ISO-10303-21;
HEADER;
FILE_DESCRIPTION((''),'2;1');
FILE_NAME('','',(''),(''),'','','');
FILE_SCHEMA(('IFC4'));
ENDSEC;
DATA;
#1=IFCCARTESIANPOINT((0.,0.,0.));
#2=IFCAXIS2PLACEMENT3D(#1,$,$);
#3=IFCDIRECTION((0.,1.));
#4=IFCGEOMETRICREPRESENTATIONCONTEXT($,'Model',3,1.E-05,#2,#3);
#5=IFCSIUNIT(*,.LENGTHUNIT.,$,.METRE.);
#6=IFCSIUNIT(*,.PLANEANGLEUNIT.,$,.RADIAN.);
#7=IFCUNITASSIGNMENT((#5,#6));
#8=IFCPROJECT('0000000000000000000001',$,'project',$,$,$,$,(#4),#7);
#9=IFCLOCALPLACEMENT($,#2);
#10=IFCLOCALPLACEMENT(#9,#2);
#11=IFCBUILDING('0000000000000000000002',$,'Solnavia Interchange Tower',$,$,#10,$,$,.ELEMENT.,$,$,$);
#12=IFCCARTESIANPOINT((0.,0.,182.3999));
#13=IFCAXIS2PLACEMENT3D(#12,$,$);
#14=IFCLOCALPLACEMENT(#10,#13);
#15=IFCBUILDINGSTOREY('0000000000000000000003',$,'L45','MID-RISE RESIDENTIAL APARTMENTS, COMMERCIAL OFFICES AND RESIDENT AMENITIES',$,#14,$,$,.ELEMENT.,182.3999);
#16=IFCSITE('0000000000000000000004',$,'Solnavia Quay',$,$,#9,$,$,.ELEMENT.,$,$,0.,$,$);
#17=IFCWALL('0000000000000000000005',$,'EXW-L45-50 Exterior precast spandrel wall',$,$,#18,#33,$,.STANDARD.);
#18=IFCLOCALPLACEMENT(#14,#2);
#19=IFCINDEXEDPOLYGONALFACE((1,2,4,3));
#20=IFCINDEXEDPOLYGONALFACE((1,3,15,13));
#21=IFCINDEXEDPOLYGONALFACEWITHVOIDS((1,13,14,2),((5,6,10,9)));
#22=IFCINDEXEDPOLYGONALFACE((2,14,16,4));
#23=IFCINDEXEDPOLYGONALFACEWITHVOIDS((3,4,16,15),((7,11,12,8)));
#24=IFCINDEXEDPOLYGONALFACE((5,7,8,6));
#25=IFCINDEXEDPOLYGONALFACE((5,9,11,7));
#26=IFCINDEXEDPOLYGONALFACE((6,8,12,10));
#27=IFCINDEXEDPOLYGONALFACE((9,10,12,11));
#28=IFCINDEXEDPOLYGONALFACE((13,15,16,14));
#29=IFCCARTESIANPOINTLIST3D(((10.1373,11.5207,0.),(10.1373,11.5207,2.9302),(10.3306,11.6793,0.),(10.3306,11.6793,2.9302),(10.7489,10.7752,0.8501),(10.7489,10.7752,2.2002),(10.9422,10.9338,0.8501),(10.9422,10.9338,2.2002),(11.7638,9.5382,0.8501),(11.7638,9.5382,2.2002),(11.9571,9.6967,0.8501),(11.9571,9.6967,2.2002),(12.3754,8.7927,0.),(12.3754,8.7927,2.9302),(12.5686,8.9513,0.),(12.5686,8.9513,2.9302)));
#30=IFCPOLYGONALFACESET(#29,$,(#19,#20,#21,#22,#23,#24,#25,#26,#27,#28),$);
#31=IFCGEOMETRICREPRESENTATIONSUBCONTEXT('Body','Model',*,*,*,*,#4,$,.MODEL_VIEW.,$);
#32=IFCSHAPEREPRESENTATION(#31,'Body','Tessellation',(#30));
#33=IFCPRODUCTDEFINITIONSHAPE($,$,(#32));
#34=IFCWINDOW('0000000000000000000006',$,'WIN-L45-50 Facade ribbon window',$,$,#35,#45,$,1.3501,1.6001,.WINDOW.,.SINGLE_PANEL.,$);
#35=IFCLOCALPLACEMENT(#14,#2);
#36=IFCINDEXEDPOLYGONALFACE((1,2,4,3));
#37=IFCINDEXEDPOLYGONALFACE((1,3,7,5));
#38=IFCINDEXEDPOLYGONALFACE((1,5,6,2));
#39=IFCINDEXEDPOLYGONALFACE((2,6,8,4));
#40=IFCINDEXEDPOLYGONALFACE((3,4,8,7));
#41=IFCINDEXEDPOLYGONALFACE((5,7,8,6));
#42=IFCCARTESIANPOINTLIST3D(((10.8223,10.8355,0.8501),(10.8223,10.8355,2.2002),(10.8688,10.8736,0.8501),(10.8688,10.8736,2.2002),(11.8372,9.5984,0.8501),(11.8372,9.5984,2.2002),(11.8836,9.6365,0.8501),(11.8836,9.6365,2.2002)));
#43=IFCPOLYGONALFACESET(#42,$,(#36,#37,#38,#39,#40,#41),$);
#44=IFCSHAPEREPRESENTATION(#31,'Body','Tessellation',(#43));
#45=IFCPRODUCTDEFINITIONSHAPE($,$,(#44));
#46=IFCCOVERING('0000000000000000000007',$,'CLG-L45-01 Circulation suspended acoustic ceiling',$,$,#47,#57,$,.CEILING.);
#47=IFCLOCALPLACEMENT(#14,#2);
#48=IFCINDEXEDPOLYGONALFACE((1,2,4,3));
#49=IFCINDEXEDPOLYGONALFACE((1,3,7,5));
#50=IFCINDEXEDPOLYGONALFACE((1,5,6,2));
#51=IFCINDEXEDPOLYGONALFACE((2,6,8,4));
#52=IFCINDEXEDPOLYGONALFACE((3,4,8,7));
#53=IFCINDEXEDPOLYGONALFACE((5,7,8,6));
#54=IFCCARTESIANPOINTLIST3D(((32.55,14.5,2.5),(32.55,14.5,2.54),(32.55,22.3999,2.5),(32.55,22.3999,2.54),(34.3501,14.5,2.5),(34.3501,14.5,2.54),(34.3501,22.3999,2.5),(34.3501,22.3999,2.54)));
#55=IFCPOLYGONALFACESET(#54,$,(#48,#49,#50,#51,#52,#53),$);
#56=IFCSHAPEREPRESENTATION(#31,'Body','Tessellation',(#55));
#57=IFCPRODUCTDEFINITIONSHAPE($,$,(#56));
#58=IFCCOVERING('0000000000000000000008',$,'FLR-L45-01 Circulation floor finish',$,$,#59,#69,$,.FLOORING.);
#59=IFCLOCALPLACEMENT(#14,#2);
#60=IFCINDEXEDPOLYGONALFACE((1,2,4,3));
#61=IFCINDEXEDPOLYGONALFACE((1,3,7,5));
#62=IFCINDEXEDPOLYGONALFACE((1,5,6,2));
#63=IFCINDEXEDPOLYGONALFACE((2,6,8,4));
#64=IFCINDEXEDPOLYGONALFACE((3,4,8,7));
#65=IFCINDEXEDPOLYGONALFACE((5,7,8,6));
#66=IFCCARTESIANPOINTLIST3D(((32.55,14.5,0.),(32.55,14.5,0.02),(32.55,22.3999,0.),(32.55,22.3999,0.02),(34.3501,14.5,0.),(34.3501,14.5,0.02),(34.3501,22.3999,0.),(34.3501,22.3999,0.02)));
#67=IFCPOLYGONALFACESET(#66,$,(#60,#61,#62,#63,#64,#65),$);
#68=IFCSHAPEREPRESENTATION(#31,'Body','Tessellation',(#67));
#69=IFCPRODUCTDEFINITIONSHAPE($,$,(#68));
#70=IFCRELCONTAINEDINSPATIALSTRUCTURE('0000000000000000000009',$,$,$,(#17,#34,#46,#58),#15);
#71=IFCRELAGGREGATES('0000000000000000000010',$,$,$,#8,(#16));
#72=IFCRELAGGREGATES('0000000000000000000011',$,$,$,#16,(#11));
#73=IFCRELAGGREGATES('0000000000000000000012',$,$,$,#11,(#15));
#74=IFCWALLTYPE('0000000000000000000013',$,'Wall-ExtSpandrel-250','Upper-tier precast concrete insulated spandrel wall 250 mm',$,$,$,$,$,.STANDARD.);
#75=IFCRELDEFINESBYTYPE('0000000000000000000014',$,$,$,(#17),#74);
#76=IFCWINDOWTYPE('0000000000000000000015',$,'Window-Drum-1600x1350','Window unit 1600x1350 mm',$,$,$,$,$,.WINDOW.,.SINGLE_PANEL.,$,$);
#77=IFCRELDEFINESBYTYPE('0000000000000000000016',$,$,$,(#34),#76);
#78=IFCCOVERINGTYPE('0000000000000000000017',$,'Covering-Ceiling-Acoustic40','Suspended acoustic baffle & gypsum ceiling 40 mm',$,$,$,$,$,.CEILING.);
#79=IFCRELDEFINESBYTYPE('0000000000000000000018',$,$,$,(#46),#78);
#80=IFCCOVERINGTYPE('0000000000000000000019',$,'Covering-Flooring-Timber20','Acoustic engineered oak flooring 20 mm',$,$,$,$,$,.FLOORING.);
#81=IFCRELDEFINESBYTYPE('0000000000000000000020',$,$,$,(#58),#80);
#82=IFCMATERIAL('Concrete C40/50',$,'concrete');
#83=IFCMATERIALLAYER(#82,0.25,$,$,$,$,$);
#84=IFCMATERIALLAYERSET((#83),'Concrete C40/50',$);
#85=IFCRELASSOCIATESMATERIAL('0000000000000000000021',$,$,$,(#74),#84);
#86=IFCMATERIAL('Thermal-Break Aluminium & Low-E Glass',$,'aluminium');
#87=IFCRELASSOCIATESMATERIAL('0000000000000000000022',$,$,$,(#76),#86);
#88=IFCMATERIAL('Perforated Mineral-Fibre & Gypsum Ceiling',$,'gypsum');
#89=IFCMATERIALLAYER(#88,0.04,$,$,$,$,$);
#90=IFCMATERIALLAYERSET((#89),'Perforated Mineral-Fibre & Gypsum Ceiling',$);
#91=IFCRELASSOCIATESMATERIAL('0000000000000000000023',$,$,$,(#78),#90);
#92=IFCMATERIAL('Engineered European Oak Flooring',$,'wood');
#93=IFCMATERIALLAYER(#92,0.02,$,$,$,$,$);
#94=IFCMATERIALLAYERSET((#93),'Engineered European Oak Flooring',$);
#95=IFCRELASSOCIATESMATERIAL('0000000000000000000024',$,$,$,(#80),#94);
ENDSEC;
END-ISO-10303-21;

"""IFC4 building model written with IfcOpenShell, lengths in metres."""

from ifc_helpers import new_model, si_unit, direction, frame, frame_2d, origin, place, context, subcontext, project, spatial, polyline, rectangle, outline, extrude, material, layer, layer_set, type_object, element, fill, save


model = new_model("IFC4")

# Units and contexts
model_context = context("Model", 3, precision=1e-05, world=origin(), true_north=direction((0.0, 1.0)))
body_context = subcontext(model_context, "Body", "Model", "MODEL_VIEW")
ifc_project = project(units=[si_unit("LENGTHUNIT", "METRE"), si_unit("PLANEANGLEUNIT", "RADIAN")], contexts=[model_context])

# Site, building, storey
site_placement = place(None, origin())
site = spatial("IfcSite", under=ifc_project, at=site_placement, Name="Solnavia Quay", CompositionType="ELEMENT", RefElevation=0.0)
building_placement = place(site_placement, origin())
building = spatial("IfcBuilding", under=site, at=building_placement, Name="Solnavia Interchange Tower", CompositionType="ELEMENT")
storey_placement = place(building_placement, frame((0.0, 0.0, 182.3999)))
storey = spatial("IfcBuildingStorey", under=building, at=storey_placement, Name="L45", Description="MID-RISE RESIDENTIAL APARTMENTS, COMMERCIAL OFFICES AND RESIDENT AMENITIES", CompositionType="ELEMENT", Elevation=182.3999)

# Shared definitions
ifc_material_1 = material(Name="Concrete C40/50", Category="concrete")

# Wall, opening, window
ifc_layer_1 = layer(ifc_material_1, 0.25)
ifc_layer_set_1 = layer_set([ifc_layer_1], Name="Concrete C40/50")
wall_type_1 = type_object("IfcWallType", Name="Wall-ExtSpandrel-250", Description="Upper-tier precast concrete insulated spandrel wall 250 mm", PredefinedType="STANDARD", material=ifc_layer_set_1)
wall_1_placement = place(storey_placement, frame((12.4719, 8.8721, 0.0), z_axis=(0.0, 0.0, 1.0), x_axis=(-0.634258, 0.773121, 0.0)))
wall_1 = element("IfcWall", 1, at=wall_1_placement, inside=storey, type_object=wall_type_1, Name="EXW-L45-50 Exterior precast spandrel wall", PredefinedType="STANDARD", context=body_context, shape_type="SweptSolid", body=[
    extrude(rectangle(XDim=3.5286, YDim=0.25, at=frame_2d((1.7642, 0.0))), origin(), (0.0, 0.0, 1.0), 2.9302),
])
opening_1_placement = place(wall_1_placement, frame((0.9641, 0.0, 0.8501)))
opening_1 = element("IfcOpeningElement", 2, at=opening_1_placement, cuts=wall_1, PredefinedType="OPENING", context=body_context, shape_type="SweptSolid", body=[
    extrude(rectangle(XDim=1.6001, YDim=1.3501, at=frame_2d((0.8, 0.675))), frame((0.0, 0.135, 0.0), z_axis=(0.0, -1.0, 0.0), x_axis=(1.0, 0.0, 0.0)), (0.0, 0.0, 1.0), 0.27),
])
ifc_material_2 = material(Name="Thermal-Break Aluminium & Low-E Glass", Category="aluminium")
window_type = type_object("IfcWindowType", Name="Window-Drum-1600x1350", Description="Window unit 1600x1350 mm", PartitioningType="SINGLE_PANEL", PredefinedType="WINDOW", material=ifc_material_2)
window_placement = place(opening_1_placement, origin())
window = element("IfcWindow", 3, at=window_placement, inside=storey, type_object=window_type, Name="WIN-L45-50 Facade ribbon window", OverallHeight=1.3501, OverallWidth=1.6001, PartitioningType="SINGLE_PANEL", PredefinedType="WINDOW", context=body_context, shape_type="SweptSolid", body=[
    extrude(rectangle(XDim=1.6001, YDim=1.3501, at=frame_2d((0.8, 0.675))), frame((0.0, 0.03, 0.0), z_axis=(0.0, -1.0, 0.0), x_axis=(1.0, 0.0, 0.0)), (0.0, 0.0, 1.0), 0.0601),
])
fill(opening_1, window)

# Coverings
ifc_material_3 = material(Name="Perforated Mineral-Fibre & Gypsum Ceiling", Category="gypsum")
ifc_layer_2 = layer(ifc_material_3, 0.04)
ifc_layer_set_2 = layer_set([ifc_layer_2], Name="Perforated Mineral-Fibre & Gypsum Ceiling")
covering_type_1 = type_object("IfcCoveringType", Name="Covering-Ceiling-Acoustic40", Description="Suspended acoustic baffle & gypsum ceiling 40 mm", PredefinedType="CEILING", material=ifc_layer_set_2)
covering_1_placement = place(storey_placement, frame((0.0, 0.0, 2.5)))
element("IfcCovering", 4, at=covering_1_placement, inside=storey, type_object=covering_type_1, Name="CLG-L45-01 Circulation suspended acoustic ceiling", PredefinedType="CEILING", context=body_context, shape_type="SweptSolid", body=[
    extrude(outline(polyline([(32.55, 14.5), (34.3501, 14.5), (34.3501, 22.3999), (32.55, 22.3999), (32.55, 14.5)])), origin(), (0.0, 0.0, 1.0), 0.04),
])
ifc_material_4 = material(Name="Engineered European Oak Flooring", Category="wood")
ifc_layer_3 = layer(ifc_material_4, 0.02)
ifc_layer_set_3 = layer_set([ifc_layer_3], Name="Engineered European Oak Flooring")
covering_type_2 = type_object("IfcCoveringType", Name="Covering-Flooring-Timber20", Description="Acoustic engineered oak flooring 20 mm", PredefinedType="FLOORING", material=ifc_layer_set_3)
covering_2_placement = place(storey_placement, origin())
element("IfcCovering", 5, at=covering_2_placement, inside=storey, type_object=covering_type_2, Name="FLR-L45-01 Circulation floor finish", PredefinedType="FLOORING", context=body_context, shape_type="SweptSolid", body=[
    extrude(outline(polyline([(32.55, 14.5), (34.3501, 14.5), (34.3501, 22.3999), (32.55, 22.3999), (32.55, 14.5)])), origin(), (0.0, 0.0, 1.0), 0.02),
])

save(model, "model.ifc")
